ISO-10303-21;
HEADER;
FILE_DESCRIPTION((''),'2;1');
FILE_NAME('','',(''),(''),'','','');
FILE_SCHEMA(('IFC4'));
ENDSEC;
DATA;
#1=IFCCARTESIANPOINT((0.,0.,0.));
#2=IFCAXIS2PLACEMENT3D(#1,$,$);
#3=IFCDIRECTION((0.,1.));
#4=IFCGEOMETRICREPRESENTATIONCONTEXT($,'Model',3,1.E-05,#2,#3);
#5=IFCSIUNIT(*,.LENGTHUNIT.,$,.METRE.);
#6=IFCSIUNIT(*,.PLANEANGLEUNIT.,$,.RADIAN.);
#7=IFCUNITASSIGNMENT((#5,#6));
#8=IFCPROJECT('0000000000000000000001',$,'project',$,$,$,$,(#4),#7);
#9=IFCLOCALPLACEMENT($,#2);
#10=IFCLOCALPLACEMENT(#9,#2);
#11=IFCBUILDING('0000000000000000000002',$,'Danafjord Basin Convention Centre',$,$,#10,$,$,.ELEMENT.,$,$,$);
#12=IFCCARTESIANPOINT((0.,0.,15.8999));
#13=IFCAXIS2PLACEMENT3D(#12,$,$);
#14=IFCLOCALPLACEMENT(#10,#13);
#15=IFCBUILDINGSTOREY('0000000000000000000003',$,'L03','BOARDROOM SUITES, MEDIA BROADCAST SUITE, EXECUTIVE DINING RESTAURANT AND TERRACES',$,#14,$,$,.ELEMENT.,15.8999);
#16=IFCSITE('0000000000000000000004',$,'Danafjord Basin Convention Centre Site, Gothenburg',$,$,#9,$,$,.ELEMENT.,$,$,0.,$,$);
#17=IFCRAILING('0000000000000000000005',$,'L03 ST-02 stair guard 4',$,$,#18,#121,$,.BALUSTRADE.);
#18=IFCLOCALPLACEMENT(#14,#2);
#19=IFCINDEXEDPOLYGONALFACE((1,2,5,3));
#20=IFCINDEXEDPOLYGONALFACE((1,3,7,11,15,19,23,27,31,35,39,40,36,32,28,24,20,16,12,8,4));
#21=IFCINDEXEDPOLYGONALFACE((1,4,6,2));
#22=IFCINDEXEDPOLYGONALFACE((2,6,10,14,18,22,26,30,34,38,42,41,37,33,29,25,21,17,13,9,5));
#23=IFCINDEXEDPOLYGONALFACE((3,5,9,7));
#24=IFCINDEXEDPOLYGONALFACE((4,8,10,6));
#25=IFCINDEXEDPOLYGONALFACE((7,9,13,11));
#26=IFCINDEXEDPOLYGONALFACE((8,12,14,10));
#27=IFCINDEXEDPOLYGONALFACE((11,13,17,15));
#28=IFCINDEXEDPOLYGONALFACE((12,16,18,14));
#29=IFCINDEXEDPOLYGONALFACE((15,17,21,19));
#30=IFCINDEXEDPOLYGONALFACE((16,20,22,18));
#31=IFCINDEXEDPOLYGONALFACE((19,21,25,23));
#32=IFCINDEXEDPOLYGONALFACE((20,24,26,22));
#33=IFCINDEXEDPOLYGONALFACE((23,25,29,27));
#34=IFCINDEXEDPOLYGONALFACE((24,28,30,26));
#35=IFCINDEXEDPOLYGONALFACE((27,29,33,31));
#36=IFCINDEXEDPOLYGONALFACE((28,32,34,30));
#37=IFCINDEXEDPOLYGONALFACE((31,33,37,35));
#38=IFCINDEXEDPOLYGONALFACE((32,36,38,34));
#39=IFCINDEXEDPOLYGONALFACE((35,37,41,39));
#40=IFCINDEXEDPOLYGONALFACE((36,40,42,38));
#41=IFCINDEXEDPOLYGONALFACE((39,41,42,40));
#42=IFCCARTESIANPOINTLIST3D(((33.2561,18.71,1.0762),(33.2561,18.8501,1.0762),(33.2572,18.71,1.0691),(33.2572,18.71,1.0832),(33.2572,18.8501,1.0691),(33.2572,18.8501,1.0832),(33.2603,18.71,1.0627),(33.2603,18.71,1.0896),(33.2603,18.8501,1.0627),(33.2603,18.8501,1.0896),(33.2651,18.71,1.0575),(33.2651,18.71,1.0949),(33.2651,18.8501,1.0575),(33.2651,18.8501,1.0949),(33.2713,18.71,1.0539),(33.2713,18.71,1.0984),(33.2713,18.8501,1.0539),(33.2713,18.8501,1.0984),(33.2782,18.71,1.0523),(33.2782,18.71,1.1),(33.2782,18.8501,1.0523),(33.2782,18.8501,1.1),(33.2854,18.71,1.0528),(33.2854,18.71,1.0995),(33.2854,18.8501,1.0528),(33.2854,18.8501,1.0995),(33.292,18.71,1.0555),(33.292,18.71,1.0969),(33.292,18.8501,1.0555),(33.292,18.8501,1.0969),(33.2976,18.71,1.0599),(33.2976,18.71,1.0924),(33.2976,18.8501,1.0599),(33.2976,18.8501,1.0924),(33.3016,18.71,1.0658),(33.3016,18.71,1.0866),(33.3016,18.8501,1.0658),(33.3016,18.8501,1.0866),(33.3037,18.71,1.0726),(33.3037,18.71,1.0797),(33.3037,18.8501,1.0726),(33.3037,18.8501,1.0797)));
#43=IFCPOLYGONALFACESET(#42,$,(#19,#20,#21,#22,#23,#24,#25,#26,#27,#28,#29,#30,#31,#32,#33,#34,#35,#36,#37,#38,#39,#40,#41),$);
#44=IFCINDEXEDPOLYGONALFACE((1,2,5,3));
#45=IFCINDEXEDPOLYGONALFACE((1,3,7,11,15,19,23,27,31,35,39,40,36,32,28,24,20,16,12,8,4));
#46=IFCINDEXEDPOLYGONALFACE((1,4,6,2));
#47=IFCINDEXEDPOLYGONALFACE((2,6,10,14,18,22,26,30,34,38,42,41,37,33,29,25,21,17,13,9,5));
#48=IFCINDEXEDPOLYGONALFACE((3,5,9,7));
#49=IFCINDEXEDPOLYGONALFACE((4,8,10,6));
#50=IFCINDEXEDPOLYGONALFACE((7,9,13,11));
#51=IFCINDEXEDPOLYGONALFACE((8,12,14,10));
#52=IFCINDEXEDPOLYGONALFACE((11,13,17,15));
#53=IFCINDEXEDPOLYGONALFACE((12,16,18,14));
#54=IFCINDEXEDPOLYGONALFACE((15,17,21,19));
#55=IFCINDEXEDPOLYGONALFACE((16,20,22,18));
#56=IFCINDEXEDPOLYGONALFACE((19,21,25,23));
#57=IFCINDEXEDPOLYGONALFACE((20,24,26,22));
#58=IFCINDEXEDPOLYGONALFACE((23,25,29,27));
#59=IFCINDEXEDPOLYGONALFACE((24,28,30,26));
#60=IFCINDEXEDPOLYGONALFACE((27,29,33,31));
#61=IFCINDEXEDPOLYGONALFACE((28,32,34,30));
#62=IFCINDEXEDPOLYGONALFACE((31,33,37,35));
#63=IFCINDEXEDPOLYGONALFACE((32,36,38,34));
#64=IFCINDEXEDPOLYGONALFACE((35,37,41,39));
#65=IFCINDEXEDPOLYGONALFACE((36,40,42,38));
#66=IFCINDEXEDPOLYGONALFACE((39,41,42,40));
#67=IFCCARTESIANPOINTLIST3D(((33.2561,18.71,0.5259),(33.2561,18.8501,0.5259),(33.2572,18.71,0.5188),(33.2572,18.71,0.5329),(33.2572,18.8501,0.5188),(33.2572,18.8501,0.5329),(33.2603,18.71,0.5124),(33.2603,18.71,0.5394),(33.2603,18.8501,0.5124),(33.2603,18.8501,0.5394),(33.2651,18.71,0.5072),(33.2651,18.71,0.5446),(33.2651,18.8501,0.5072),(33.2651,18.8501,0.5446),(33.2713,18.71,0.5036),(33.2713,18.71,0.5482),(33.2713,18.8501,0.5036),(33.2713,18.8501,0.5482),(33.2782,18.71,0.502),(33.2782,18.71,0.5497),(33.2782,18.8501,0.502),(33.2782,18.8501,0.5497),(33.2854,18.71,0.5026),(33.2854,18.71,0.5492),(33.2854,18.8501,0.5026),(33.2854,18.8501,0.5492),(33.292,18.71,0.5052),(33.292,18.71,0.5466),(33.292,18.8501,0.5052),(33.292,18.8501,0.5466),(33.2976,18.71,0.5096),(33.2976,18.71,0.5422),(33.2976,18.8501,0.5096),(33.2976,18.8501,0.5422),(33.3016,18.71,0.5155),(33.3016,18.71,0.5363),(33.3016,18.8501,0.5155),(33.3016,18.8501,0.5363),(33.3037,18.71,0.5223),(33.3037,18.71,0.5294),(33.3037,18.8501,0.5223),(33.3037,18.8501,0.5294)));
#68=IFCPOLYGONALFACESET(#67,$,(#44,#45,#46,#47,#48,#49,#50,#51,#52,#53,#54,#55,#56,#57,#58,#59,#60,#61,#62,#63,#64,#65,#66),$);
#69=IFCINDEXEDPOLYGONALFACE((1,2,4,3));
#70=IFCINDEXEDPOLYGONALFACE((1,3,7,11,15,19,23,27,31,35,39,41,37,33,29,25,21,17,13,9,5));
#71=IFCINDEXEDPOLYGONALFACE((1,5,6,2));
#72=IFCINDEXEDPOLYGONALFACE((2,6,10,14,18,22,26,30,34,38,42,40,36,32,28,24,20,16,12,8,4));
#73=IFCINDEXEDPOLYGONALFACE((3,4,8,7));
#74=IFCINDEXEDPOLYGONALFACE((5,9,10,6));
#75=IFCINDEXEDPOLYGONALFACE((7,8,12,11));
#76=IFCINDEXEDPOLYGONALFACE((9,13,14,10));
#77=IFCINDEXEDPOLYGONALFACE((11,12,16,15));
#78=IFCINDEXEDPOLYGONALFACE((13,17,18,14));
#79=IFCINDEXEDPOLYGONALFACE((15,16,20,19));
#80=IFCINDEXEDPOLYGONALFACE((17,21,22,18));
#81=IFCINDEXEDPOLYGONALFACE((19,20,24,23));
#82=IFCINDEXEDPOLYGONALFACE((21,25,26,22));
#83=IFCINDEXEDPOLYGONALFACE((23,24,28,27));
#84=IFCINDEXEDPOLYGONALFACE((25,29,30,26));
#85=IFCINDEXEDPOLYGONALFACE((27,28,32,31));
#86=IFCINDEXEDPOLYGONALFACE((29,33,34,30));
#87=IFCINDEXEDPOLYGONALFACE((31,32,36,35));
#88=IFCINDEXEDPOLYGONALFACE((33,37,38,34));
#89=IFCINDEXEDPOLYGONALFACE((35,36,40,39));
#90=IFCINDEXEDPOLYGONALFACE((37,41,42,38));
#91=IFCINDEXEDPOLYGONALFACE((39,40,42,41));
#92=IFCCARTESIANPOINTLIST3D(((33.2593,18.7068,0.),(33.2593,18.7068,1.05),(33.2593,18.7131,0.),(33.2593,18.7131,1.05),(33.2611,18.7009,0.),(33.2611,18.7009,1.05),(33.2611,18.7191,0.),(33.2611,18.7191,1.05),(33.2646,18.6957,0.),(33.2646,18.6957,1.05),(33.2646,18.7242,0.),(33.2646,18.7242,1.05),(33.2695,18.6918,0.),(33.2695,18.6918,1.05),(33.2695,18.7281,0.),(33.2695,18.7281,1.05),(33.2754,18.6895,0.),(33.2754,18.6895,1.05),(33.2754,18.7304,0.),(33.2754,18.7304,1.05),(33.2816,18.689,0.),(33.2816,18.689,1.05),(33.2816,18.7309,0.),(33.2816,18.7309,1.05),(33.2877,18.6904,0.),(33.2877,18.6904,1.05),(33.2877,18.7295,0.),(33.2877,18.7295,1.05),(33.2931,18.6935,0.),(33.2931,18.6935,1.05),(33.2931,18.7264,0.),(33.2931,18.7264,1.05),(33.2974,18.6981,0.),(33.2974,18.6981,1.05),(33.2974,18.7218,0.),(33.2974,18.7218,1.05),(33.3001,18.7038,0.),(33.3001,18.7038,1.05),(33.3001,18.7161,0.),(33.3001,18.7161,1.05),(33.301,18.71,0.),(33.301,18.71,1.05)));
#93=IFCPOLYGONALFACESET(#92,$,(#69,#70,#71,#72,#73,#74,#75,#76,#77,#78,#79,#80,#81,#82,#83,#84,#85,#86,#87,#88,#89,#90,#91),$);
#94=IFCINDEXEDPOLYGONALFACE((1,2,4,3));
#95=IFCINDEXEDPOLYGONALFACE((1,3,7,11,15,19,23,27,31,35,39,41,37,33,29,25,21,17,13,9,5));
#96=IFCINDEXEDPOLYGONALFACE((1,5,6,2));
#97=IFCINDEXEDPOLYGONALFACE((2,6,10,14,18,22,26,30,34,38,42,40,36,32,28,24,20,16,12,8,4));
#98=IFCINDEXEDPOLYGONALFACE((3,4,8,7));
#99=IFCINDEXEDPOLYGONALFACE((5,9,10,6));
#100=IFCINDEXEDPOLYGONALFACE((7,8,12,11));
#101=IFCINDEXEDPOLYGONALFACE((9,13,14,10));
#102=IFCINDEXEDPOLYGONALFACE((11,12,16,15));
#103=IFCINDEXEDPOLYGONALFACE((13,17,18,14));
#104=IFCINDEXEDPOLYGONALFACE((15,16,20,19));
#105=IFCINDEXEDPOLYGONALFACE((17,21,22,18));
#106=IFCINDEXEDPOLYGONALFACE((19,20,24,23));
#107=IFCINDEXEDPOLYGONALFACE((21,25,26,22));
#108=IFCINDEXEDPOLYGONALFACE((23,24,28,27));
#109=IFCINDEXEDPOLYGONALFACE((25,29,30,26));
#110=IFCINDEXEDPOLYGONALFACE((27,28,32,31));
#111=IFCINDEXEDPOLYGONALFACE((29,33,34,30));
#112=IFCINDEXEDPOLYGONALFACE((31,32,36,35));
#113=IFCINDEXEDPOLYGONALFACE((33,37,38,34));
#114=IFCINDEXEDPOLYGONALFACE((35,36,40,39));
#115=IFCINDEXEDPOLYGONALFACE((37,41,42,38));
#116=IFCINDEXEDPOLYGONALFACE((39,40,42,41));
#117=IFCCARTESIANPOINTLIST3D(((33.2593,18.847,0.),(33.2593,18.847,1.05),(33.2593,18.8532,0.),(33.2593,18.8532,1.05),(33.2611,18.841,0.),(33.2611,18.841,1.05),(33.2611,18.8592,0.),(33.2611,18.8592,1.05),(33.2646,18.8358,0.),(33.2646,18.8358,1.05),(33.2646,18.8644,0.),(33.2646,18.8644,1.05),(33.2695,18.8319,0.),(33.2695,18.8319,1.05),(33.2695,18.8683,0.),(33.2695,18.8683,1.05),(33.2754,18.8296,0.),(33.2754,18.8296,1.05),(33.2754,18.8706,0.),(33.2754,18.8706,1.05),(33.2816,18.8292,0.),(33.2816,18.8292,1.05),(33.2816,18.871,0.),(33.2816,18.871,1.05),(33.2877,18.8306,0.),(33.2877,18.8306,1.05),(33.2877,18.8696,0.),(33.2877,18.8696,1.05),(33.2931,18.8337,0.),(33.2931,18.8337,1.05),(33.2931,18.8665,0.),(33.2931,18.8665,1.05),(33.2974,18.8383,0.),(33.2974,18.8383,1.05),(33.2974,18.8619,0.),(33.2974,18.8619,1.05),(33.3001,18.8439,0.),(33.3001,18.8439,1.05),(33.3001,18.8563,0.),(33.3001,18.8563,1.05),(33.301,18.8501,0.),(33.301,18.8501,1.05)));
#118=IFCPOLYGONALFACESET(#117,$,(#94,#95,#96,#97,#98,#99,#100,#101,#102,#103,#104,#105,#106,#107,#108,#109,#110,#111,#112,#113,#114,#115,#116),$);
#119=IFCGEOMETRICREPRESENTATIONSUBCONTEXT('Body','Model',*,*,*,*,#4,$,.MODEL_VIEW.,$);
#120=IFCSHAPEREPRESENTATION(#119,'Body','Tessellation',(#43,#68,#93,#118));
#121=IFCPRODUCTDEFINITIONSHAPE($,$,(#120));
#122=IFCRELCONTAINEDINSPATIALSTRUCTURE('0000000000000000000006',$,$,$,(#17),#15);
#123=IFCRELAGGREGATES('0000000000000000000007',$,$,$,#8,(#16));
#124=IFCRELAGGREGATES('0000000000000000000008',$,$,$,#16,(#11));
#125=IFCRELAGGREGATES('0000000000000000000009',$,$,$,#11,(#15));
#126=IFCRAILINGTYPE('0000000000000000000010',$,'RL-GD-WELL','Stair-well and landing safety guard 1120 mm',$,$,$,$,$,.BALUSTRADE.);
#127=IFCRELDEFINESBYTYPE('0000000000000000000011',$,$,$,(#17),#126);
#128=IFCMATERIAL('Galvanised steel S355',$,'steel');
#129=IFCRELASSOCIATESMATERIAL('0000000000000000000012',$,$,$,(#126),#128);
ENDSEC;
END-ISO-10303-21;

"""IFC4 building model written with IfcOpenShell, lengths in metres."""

from ifc_helpers import new_model, si_unit, direction, frame, origin, origin_2d, place, context, subcontext, project, spatial, circle, extrude, material, type_object, element, save


model = new_model("IFC4")

# Units and contexts
model_context = context("Model", 3, precision=1e-05, world=origin(), true_north=direction((0.0, 1.0)))
body_context = subcontext(model_context, "Body", "Model", "MODEL_VIEW")
ifc_project = project(units=[si_unit("LENGTHUNIT", "METRE"), si_unit("PLANEANGLEUNIT", "RADIAN")], contexts=[model_context])

# Site, building, storey
site_placement = place(None, origin())
site = spatial("IfcSite", under=ifc_project, at=site_placement, Name="Danafjord Basin Convention Centre Site, Gothenburg", CompositionType="ELEMENT", RefElevation=0.0)
building_placement = place(site_placement, origin())
building = spatial("IfcBuilding", under=site, at=building_placement, Name="Danafjord Basin Convention Centre", CompositionType="ELEMENT")
storey_placement = place(building_placement, frame((0.0, 0.0, 15.8999)))
storey = spatial("IfcBuildingStorey", under=building, at=storey_placement, Name="L03", Description="BOARDROOM SUITES, MEDIA BROADCAST SUITE, EXECUTIVE DINING RESTAURANT AND TERRACES", CompositionType="ELEMENT", Elevation=15.8999)

# Railing
ifc_material_1 = material(Name="Galvanised steel S355", Category="steel")
railing_type_1 = type_object("IfcRailingType", Name="RL-GD-WELL", Description="Stair-well and landing safety guard 1120 mm", PredefinedType="BALUSTRADE", material=ifc_material_1)
railing_1_placement = place(storey_placement, frame((33.28, 18.71, 0.0)))
element("IfcRailing", 1, at=railing_1_placement, inside=storey, type_object=railing_type_1, Name="L03 ST-02 stair guard 4", PredefinedType="BALUSTRADE", context=body_context, shape_type="SweptSolid", body=[
    extrude(circle(Radius=0.0239, at=origin_2d()), frame((0.0, 0.0, 1.0762), z_axis=(0.0, 1.0, 0.0), x_axis=(-1.0, 0.0, 0.0)), (0.0, 0.0, 1.0), 0.1401),
    extrude(circle(Radius=0.0239, at=origin_2d()), frame((0.0, 0.0, 0.5259), z_axis=(0.0, 1.0, 0.0), x_axis=(-1.0, 0.0, 0.0)), (0.0, 0.0, 1.0), 0.1401),
    extrude(circle(Radius=0.021, at=origin_2d()), origin(), (0.0, 0.0, 1.0), 1.05),
    extrude(circle(Radius=0.021, at=origin_2d()), frame((0.0, 0.1401, 0.0)), (0.0, 0.0, 1.0), 1.05),
])

save(model, "model.ifc")
